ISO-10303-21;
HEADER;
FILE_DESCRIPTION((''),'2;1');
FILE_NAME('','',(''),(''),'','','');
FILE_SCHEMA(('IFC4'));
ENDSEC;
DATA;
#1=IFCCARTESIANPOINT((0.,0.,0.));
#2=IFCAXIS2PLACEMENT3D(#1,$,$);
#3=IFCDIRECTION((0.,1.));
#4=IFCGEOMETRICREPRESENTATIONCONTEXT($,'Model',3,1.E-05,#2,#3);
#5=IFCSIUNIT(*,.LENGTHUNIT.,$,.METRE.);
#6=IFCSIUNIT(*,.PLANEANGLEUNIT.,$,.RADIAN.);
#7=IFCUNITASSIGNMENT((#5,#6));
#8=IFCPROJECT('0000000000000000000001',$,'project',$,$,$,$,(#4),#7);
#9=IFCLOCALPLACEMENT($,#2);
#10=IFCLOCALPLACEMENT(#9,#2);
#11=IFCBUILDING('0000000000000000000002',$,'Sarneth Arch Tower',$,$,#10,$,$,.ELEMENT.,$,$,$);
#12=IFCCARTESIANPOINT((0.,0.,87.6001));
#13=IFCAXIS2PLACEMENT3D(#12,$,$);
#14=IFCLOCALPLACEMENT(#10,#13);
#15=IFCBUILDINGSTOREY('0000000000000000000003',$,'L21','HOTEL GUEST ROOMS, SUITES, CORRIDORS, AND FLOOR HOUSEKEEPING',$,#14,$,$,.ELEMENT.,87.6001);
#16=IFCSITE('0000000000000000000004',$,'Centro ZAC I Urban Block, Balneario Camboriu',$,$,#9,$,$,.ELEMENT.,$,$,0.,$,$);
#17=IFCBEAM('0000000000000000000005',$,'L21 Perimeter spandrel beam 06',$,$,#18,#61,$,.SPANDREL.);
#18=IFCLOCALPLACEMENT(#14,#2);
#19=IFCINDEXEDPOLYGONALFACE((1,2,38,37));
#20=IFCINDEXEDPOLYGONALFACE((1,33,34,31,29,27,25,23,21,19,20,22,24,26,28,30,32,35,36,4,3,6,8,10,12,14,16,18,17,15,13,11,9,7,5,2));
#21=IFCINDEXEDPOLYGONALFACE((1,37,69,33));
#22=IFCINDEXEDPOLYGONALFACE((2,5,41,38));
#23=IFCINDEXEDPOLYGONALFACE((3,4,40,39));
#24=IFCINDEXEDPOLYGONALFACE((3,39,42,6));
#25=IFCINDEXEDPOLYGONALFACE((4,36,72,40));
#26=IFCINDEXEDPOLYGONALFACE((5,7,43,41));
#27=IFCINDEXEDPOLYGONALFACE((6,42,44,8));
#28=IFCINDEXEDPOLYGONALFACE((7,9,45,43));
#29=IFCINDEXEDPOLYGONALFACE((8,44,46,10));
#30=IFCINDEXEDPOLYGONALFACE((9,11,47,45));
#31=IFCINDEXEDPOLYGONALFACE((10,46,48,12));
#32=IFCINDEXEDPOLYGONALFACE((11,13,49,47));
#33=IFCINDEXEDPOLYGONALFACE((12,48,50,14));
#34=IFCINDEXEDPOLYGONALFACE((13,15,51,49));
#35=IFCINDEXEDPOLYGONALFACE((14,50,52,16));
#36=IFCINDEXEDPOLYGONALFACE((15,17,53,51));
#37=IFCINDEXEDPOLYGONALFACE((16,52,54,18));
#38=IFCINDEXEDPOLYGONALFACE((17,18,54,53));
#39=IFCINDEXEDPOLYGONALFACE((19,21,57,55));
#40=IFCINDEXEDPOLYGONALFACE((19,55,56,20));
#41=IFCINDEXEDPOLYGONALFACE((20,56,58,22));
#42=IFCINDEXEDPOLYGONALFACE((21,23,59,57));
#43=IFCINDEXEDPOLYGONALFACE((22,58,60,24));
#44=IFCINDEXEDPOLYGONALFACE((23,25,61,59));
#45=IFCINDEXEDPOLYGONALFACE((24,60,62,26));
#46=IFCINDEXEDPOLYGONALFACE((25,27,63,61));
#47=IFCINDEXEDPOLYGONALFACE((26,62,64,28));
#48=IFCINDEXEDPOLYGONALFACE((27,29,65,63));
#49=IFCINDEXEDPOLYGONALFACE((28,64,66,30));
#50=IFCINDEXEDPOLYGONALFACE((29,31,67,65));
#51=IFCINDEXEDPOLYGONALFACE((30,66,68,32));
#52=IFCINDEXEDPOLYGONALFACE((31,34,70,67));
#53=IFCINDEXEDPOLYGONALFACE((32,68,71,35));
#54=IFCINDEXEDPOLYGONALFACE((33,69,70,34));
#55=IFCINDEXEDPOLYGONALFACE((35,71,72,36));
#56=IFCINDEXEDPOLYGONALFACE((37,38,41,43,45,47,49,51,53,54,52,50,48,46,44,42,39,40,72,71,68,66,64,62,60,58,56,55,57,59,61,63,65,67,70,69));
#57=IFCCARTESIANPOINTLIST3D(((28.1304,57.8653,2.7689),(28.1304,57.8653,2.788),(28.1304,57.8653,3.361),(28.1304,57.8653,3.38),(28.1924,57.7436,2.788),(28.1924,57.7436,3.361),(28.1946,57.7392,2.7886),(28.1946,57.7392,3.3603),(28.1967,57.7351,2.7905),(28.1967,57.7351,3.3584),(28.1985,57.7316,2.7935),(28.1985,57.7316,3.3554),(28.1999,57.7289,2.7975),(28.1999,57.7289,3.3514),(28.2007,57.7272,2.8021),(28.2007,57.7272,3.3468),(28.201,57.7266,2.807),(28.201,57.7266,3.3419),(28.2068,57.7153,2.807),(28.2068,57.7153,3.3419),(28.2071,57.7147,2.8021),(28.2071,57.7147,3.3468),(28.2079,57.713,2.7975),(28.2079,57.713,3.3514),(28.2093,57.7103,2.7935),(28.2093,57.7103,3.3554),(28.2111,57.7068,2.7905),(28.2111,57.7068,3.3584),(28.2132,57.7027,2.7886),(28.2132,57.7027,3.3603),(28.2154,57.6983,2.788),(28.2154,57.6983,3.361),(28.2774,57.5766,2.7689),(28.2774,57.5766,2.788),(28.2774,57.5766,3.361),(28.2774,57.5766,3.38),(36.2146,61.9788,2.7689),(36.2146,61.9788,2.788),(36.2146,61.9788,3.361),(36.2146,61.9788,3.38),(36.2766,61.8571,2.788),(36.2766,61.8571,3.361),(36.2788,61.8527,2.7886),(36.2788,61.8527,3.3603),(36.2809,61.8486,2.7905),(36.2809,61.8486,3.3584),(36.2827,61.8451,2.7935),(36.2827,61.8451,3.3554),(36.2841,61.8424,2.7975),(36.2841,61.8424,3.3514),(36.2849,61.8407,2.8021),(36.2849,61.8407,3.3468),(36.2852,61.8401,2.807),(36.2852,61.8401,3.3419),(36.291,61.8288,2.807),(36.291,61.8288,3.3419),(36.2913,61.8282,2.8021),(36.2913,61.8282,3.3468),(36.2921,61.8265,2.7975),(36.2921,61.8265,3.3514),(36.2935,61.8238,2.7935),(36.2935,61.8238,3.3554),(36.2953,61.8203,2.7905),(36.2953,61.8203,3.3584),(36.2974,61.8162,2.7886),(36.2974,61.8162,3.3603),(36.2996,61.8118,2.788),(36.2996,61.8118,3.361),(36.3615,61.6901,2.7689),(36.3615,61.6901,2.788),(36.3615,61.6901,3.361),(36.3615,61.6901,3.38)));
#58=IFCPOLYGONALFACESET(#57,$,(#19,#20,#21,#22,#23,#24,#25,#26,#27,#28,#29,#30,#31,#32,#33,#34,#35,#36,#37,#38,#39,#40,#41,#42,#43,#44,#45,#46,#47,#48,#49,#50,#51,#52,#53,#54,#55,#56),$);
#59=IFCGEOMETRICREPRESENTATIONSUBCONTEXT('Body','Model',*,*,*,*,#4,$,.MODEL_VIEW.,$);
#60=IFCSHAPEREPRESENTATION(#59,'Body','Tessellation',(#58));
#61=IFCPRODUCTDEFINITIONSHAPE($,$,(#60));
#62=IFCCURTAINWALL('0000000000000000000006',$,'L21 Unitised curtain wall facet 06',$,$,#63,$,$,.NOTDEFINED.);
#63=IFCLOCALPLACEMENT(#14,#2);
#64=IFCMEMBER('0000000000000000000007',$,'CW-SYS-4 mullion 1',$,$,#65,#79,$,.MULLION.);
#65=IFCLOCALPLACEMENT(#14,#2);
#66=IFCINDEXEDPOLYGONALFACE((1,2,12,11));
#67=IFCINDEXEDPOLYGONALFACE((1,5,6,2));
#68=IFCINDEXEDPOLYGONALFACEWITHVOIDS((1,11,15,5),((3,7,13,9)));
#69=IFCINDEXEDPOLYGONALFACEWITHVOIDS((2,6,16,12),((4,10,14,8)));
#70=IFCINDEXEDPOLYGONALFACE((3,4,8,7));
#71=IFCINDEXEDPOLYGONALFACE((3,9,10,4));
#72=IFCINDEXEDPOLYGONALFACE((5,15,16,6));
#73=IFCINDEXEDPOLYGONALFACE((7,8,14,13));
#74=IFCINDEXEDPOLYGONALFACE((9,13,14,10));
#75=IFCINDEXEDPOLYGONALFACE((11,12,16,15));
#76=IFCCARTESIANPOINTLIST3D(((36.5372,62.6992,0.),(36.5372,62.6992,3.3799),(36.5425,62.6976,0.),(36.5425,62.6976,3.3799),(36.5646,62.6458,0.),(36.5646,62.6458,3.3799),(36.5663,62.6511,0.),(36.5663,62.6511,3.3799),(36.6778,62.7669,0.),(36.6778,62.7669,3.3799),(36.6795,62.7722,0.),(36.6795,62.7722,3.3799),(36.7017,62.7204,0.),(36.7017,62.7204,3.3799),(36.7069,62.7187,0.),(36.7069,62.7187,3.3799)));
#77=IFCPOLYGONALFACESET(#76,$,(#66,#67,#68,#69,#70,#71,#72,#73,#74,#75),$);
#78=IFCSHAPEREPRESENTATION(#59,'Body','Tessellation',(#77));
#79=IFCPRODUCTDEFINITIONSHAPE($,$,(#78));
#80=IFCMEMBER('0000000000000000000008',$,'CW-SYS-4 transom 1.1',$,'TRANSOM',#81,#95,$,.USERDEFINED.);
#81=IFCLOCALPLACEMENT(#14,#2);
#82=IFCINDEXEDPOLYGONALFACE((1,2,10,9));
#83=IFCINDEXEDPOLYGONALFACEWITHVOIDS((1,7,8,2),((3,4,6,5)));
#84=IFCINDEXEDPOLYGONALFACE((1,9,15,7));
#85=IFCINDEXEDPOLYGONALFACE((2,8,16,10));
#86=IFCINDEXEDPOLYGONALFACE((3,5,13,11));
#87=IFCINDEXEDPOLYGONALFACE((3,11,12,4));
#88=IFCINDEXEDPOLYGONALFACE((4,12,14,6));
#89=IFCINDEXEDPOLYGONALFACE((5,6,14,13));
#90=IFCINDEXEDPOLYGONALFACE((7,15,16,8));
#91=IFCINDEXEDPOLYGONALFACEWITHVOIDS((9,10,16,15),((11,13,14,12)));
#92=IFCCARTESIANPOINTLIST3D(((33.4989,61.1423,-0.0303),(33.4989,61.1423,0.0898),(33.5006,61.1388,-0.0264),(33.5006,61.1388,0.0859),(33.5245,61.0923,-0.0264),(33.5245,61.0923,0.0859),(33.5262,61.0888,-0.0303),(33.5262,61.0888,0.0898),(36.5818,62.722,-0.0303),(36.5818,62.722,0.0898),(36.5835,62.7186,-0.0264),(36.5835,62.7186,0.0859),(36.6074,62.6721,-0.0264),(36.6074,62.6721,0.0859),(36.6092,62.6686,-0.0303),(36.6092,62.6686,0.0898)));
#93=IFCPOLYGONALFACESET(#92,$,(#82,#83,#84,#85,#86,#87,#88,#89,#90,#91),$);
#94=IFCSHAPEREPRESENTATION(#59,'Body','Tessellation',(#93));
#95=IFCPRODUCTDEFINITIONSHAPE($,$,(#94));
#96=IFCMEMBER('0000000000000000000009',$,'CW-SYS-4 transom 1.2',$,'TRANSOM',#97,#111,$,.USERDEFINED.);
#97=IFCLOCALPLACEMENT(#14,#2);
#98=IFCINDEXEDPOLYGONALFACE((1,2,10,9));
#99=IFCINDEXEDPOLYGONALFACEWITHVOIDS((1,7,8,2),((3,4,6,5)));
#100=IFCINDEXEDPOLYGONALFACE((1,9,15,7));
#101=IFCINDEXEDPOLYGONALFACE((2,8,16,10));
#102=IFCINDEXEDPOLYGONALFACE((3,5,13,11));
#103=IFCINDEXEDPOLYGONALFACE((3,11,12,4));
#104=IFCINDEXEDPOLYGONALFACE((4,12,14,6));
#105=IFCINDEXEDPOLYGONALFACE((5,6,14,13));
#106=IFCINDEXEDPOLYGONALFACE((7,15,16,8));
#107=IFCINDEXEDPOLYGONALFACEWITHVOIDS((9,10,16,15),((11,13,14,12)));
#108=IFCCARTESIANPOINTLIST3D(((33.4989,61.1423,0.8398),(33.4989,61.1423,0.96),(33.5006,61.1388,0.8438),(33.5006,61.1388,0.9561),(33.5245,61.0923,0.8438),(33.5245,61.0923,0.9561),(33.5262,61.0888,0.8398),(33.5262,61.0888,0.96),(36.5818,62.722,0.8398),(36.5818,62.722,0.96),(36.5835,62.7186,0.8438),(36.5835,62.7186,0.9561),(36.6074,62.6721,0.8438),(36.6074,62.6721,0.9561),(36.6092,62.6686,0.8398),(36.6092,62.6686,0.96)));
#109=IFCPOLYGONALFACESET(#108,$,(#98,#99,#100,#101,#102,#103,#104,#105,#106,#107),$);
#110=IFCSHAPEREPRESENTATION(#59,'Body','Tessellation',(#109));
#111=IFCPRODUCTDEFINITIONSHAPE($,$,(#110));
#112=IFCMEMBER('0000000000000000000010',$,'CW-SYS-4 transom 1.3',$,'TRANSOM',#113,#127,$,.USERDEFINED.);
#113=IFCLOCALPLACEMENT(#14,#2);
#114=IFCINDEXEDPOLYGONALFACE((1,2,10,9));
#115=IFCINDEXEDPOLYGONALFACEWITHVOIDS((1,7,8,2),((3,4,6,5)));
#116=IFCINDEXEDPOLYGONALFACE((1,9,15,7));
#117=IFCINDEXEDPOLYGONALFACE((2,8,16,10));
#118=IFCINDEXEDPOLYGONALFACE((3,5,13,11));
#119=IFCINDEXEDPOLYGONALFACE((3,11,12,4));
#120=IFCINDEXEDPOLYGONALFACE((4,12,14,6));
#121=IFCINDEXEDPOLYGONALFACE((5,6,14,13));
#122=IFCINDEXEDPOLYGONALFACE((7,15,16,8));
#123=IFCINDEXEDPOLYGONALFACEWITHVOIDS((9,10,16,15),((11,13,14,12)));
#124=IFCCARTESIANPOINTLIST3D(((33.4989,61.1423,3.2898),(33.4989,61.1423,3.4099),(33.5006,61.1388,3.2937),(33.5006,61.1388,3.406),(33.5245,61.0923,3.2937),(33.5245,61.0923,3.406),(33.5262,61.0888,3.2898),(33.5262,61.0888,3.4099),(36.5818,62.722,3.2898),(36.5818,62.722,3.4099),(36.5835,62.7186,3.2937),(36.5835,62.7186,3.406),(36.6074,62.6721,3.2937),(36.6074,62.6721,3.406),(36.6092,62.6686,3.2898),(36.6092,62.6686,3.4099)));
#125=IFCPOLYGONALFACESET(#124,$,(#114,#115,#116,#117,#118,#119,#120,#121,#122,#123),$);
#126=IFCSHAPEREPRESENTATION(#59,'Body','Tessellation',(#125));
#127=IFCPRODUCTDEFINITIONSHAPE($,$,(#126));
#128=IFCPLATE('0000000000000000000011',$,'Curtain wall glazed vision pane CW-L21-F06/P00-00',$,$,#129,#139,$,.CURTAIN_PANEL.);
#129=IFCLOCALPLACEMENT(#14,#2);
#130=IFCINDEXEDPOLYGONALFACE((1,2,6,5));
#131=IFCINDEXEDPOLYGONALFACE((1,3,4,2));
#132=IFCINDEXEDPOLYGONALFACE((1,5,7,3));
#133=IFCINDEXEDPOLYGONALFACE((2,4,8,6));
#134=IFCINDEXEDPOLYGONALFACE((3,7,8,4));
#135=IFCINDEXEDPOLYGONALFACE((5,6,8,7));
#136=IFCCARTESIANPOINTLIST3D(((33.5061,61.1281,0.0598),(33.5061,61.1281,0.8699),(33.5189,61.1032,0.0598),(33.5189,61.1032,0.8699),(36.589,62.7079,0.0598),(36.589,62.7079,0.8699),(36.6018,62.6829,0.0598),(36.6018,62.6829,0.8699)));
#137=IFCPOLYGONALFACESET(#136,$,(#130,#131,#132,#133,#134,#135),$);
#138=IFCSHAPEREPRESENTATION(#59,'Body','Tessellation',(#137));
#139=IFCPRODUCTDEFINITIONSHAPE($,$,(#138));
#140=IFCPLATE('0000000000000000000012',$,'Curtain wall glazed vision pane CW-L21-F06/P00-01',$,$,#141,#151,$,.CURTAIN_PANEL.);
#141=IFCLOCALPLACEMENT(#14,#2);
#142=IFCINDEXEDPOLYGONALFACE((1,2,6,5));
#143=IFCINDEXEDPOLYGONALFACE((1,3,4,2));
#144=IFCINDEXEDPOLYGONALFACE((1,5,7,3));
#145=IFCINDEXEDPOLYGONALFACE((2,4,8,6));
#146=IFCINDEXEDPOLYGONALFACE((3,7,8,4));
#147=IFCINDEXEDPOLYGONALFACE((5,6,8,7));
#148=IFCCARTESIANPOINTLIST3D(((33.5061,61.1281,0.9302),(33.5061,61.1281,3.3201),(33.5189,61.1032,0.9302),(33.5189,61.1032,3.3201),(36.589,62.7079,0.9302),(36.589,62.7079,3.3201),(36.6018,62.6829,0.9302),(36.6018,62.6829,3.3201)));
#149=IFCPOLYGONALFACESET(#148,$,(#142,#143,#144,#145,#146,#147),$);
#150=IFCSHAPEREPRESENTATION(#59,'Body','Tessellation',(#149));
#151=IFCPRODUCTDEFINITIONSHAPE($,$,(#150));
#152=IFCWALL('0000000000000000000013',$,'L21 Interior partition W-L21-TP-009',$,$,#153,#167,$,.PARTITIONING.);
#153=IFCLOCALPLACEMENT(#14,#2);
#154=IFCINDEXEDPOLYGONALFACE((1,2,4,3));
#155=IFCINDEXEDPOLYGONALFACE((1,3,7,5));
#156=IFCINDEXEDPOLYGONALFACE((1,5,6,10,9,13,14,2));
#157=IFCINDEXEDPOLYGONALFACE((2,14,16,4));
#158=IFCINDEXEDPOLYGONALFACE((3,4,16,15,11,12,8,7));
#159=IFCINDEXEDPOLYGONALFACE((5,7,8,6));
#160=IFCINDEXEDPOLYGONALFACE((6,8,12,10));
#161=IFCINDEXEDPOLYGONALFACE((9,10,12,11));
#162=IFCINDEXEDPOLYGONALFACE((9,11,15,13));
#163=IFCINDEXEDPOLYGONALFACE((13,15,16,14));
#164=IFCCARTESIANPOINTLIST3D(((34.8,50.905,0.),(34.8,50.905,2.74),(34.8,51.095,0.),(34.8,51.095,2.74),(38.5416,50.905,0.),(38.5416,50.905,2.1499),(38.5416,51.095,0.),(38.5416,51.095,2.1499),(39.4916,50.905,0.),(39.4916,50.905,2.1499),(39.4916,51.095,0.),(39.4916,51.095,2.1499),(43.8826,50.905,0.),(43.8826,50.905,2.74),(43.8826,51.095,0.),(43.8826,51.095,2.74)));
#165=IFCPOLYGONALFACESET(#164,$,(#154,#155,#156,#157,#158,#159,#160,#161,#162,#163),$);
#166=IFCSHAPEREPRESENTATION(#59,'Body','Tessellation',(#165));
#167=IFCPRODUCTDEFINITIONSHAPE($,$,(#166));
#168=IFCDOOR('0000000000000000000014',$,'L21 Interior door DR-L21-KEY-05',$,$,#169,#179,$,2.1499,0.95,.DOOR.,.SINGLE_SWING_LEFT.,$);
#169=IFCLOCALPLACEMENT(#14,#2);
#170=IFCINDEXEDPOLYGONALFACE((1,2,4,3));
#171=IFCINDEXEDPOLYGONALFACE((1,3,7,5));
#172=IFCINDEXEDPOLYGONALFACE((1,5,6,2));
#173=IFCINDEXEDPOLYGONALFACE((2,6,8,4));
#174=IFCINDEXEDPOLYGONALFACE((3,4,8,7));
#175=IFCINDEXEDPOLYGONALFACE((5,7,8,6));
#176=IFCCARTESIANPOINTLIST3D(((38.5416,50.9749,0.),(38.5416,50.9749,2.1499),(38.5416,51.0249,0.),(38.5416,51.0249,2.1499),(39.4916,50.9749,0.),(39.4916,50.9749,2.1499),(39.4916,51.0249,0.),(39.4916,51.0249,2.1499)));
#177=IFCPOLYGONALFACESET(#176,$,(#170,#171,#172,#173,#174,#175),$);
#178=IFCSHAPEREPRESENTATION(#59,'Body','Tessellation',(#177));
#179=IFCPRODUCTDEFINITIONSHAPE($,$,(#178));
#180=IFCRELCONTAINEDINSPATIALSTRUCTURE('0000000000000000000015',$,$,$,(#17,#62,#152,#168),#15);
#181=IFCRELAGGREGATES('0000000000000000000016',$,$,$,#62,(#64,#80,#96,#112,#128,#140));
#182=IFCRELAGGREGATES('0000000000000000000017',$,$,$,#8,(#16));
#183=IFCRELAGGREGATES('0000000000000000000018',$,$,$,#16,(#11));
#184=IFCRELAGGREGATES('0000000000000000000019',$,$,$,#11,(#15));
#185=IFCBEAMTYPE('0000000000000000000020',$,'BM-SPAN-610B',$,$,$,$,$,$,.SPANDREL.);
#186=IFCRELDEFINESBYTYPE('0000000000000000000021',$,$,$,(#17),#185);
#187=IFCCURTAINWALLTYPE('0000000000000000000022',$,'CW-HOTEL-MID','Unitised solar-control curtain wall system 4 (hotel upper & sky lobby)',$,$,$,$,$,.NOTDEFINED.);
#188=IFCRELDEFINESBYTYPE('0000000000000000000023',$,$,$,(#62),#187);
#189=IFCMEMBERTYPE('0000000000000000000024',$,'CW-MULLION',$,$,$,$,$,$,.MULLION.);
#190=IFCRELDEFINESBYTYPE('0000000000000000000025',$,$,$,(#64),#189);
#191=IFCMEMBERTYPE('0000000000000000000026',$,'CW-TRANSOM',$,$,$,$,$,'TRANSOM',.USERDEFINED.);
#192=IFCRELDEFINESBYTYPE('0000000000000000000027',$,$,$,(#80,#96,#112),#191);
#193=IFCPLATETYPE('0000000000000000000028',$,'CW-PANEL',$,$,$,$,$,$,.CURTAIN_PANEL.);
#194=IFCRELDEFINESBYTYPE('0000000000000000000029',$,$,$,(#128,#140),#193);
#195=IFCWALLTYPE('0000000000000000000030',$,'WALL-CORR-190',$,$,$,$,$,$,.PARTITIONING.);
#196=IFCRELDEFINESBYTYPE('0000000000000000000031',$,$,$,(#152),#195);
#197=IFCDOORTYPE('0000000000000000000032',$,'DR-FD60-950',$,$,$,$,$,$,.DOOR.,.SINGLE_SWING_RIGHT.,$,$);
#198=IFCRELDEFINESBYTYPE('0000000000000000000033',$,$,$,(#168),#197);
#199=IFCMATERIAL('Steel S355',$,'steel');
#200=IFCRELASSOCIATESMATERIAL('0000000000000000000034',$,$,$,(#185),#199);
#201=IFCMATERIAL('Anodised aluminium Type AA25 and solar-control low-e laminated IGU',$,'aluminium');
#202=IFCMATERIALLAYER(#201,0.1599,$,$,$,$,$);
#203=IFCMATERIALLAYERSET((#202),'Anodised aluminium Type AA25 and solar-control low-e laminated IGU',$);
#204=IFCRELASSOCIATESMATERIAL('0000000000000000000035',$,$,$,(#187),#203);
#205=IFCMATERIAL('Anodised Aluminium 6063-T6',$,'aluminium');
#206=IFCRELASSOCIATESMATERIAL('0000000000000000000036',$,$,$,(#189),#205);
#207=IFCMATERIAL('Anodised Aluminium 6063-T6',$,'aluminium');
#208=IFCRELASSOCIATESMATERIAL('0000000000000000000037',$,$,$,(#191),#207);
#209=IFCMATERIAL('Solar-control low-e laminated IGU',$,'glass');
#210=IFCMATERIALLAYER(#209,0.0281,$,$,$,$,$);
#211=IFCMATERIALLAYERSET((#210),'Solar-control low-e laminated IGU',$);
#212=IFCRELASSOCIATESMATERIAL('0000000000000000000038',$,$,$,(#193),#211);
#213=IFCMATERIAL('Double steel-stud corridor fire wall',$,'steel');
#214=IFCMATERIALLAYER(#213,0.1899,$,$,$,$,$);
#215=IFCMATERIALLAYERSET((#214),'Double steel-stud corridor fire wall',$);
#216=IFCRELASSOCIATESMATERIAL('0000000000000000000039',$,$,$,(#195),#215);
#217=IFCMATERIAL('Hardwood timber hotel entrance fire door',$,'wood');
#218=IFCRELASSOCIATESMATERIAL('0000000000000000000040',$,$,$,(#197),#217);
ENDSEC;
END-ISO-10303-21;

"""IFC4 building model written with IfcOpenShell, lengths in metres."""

from ifc_helpers import new_model, si_unit, direction, frame, frame_2d, origin, origin_2d, place, context, subcontext, project, spatial, rectangle, hollow_rectangle, i_section, extrude, material, layer, layer_set, material_profile, profile_set, type_object, element, fill, aggregate, save


model = new_model("IFC4")

# Units and contexts
model_context = context("Model", 3, precision=1e-05, world=origin(), true_north=direction((0.0, 1.0)))
body_context = subcontext(model_context, "Body", "Model", "MODEL_VIEW")
ifc_project = project(units=[si_unit("LENGTHUNIT", "METRE"), si_unit("PLANEANGLEUNIT", "RADIAN")], contexts=[model_context])

# Site, building, storey
site_placement = place(None, origin())
site = spatial("IfcSite", under=ifc_project, at=site_placement, Name="Centro ZAC I Urban Block, Balneario Camboriu", CompositionType="ELEMENT", RefElevation=0.0)
building_placement = place(site_placement, origin())
building = spatial("IfcBuilding", under=site, at=building_placement, Name="Sarneth Arch Tower", CompositionType="ELEMENT")
storey_placement = place(building_placement, frame((0.0, 0.0, 87.6001)))
storey = spatial("IfcBuildingStorey", under=building, at=storey_placement, Name="L21", Description="HOTEL GUEST ROOMS, SUITES, CORRIDORS, AND FLOOR HOUSEKEEPING", CompositionType="ELEMENT", Elevation=87.6001)

# Beam
ifc_material_1 = material(Name="Steel S355", Category="steel")
ifc_material_profile_1 = material_profile(ifc_material_1, i_section(OverallWidth=0.324, OverallDepth=0.6111, WebThickness=0.0127, FlangeThickness=0.019, FilletRadius=0.019, at=origin_2d()), Name="W610x155")
ifc_profile_set_1 = profile_set([ifc_material_profile_1], Name="Steel S355")
beam_type_1 = type_object("IfcBeamType", Name="BM-SPAN-610B", PredefinedType="SPANDREL", material=ifc_profile_set_1)
beam_1_placement = place(storey_placement, frame((36.2881, 61.8345, 3.0745), z_axis=(-0.891256, -0.453501, 0.0), x_axis=(0.453501, -0.891256, 0.0)))
element("IfcBeam", 1, at=beam_1_placement, inside=storey, type_object=beam_type_1, Name="L21 Perimeter spandrel beam 06", PredefinedType="SPANDREL", context=body_context, shape_type="SweptSolid", body=[
    extrude(i_section(OverallWidth=0.324, OverallDepth=0.6111, WebThickness=0.0127, FlangeThickness=0.019, FilletRadius=0.019, at=origin_2d()), origin(), (0.0, 0.0, 1.0), 9.0706),
])

# Curtain wall, members, plates
ifc_material_2 = material(Name="Anodised aluminium Type AA25 and solar-control low-e laminated IGU", Category="aluminium")
ifc_layer_1 = layer(ifc_material_2, 0.1599)
ifc_layer_set_1 = layer_set([ifc_layer_1], Name="Anodised aluminium Type AA25 and solar-control low-e laminated IGU")
curtain_wall_type = type_object("IfcCurtainWallType", Name="CW-HOTEL-MID", Description="Unitised solar-control curtain wall system 4 (hotel upper & sky lobby)", PredefinedType="NOTDEFINED", material=ifc_layer_set_1)
curtain_wall_placement = place(storey_placement, origin())
curtain_wall = element("IfcCurtainWall", 2, at=curtain_wall_placement, inside=storey, type_object=curtain_wall_type, Name="L21 Unitised curtain wall facet 06", PredefinedType="NOTDEFINED")
ifc_material_3 = material(Name="Anodised Aluminium 6063-T6", Category="aluminium")
ifc_material_profile_2 = material_profile(ifc_material_3, hollow_rectangle(XDim=0.0601, YDim=0.1599, WallThickness=0.0039, at=origin_2d()), Name="AL-MULL-160x60x4")
ifc_profile_set_2 = profile_set([ifc_material_profile_2], Name="Anodised Aluminium 6063-T6")
member_type_1 = type_object("IfcMemberType", Name="CW-MULLION", PredefinedType="MULLION", material=ifc_profile_set_2)
member_1_placement = place(storey_placement, frame((36.6221, 62.709, 0.0), z_axis=(0.0, 0.0, 1.0), x_axis=(0.456031, -0.889964, 0.0)))
member_1 = element("IfcMember", 3, at=member_1_placement, type_object=member_type_1, Name="CW-SYS-4 mullion 1", PredefinedType="MULLION", context=body_context, shape_type="SweptSolid", body=[
    extrude(hollow_rectangle(XDim=0.0601, YDim=0.1599, WallThickness=0.0039, at=origin_2d()), origin(), (0.0, 0.0, 1.0), 3.3799),
])
ifc_material_4 = material(Name="Anodised Aluminium 6063-T6", Category="aluminium")
ifc_material_profile_3 = material_profile(ifc_material_4, hollow_rectangle(XDim=0.0601, YDim=0.1201, WallThickness=0.0039, at=origin_2d()), Name="AL-TRAN-120x60x4")
ifc_profile_set_3 = profile_set([ifc_material_profile_3], Name="Anodised Aluminium 6063-T6")
member_type_2 = type_object("IfcMemberType", Name="CW-TRANSOM", ElementType="TRANSOM", PredefinedType="USERDEFINED", material=ifc_profile_set_3)
member_2_placement = place(storey_placement, frame((36.5955, 62.6953, 0.0298), z_axis=(-0.889958, -0.456043, 0.0), x_axis=(0.456043, -0.889958, 0.0)))
member_2 = element("IfcMember", 4, at=member_2_placement, type_object=member_type_2, Name="CW-SYS-4 transom 1.1", ObjectType="TRANSOM", PredefinedType="USERDEFINED", context=body_context, shape_type="SweptSolid", body=[
    extrude(hollow_rectangle(XDim=0.0601, YDim=0.1201, WallThickness=0.0039, at=origin_2d()), origin(), (0.0, 0.0, 1.0), 3.4641),
])
member_3_placement = place(storey_placement, frame((36.5955, 62.6953, 0.8999), z_axis=(-0.889958, -0.456043, 0.0), x_axis=(0.456043, -0.889958, 0.0)))
member_3 = element("IfcMember", 5, at=member_3_placement, type_object=member_type_2, Name="CW-SYS-4 transom 1.2", ObjectType="TRANSOM", PredefinedType="USERDEFINED", context=body_context, shape_type="SweptSolid", body=[
    extrude(hollow_rectangle(XDim=0.0601, YDim=0.1201, WallThickness=0.0039, at=origin_2d()), origin(), (0.0, 0.0, 1.0), 3.4641),
])
member_4_placement = place(storey_placement, frame((36.5955, 62.6953, 3.3499), z_axis=(-0.889958, -0.456043, 0.0), x_axis=(0.456043, -0.889958, 0.0)))
member_4 = element("IfcMember", 6, at=member_4_placement, type_object=member_type_2, Name="CW-SYS-4 transom 1.3", ObjectType="TRANSOM", PredefinedType="USERDEFINED", context=body_context, shape_type="SweptSolid", body=[
    extrude(hollow_rectangle(XDim=0.0601, YDim=0.1201, WallThickness=0.0039, at=origin_2d()), origin(), (0.0, 0.0, 1.0), 3.4641),
])
ifc_material_5 = material(Name="Solar-control low-e laminated IGU", Category="glass")
ifc_layer_2 = layer(ifc_material_5, 0.0281)
ifc_layer_set_2 = layer_set([ifc_layer_2], Name="Solar-control low-e laminated IGU")
plate_type = type_object("IfcPlateType", Name="CW-PANEL", PredefinedType="CURTAIN_PANEL", material=ifc_layer_set_2)
plate_1_placement = place(storey_placement, frame((35.054, 61.9055, 0.0598), z_axis=(0.0, 0.0, 1.0), x_axis=(-0.889964, -0.456031, 0.0)))
plate_1 = element("IfcPlate", 7, at=plate_1_placement, type_object=plate_type, Name="Curtain wall glazed vision pane CW-L21-F06/P00-00", PredefinedType="CURTAIN_PANEL", context=body_context, shape_type="SweptSolid", body=[
    extrude(rectangle(XDim=3.4641, YDim=0.0281, at=origin_2d()), origin(), (0.0, 0.0, 1.0), 0.8101),
])
plate_2_placement = place(storey_placement, frame((35.054, 61.9055, 0.9302), z_axis=(0.0, 0.0, 1.0), x_axis=(-0.889964, -0.456031, 0.0)))
plate_2 = element("IfcPlate", 8, at=plate_2_placement, type_object=plate_type, Name="Curtain wall glazed vision pane CW-L21-F06/P00-01", PredefinedType="CURTAIN_PANEL", context=body_context, shape_type="SweptSolid", body=[
    extrude(rectangle(XDim=3.4641, YDim=0.0281, at=origin_2d()), origin(), (0.0, 0.0, 1.0), 2.3899),
])
aggregate(curtain_wall, [member_1, member_2, member_3, member_4, plate_1, plate_2])

# Wall, opening, door
ifc_material_6 = material(Name="Double steel-stud corridor fire wall", Category="steel")
ifc_layer_3 = layer(ifc_material_6, 0.1899)
ifc_layer_set_3 = layer_set([ifc_layer_3], Name="Double steel-stud corridor fire wall")
wall_type_1 = type_object("IfcWallType", Name="WALL-CORR-190", PredefinedType="PARTITIONING", material=ifc_layer_set_3)
wall_1_placement = place(storey_placement, frame((34.8, 51.0, 0.0), z_axis=(0.0, 0.0, 1.0), x_axis=(1.0, 0.0, 0.0)))
wall_1 = element("IfcWall", 9, at=wall_1_placement, inside=storey, type_object=wall_type_1, Name="L21 Interior partition W-L21-TP-009", PredefinedType="PARTITIONING", context=body_context, shape_type="SweptSolid", body=[
    extrude(rectangle(XDim=9.0825, YDim=0.1899, at=frame_2d((4.5413, 0.0))), origin(), (0.0, 0.0, 1.0), 2.74),
])
opening_1_placement = place(wall_1_placement, frame((3.7415, 0.0, 0.0)))
opening_1 = element("IfcOpeningElement", 10, at=opening_1_placement, cuts=wall_1, PredefinedType="OPENING", context=body_context, shape_type="SweptSolid", body=[
    extrude(rectangle(XDim=0.95, YDim=2.1499, at=frame_2d((0.4751, 1.075))), frame((0.0, 0.105, 0.0), z_axis=(0.0, -1.0, 0.0), x_axis=(1.0, 0.0, 0.0)), (0.0, 0.0, 1.0), 0.21),
])
ifc_material_7 = material(Name="Hardwood timber hotel entrance fire door", Category="wood")
door_type_1 = type_object("IfcDoorType", Name="DR-FD60-950", OperationType="SINGLE_SWING_RIGHT", PredefinedType="DOOR", material=ifc_material_7)
door_1_placement = place(opening_1_placement, origin())
door_1 = element("IfcDoor", 11, at=door_1_placement, inside=storey, type_object=door_type_1, Name="L21 Interior door DR-L21-KEY-05", OperationType="SINGLE_SWING_LEFT", OverallHeight=2.1499, OverallWidth=0.95, PredefinedType="DOOR", context=body_context, shape_type="SweptSolid", body=[
    extrude(rectangle(XDim=0.95, YDim=2.1499, at=frame_2d((0.4751, 1.075))), frame((0.0, 0.0249, 0.0), z_axis=(0.0, -1.0, 0.0), x_axis=(1.0, 0.0, 0.0)), (0.0, 0.0, 1.0), 0.05),
])
fill(opening_1, door_1)

save(model, "model.ifc")
